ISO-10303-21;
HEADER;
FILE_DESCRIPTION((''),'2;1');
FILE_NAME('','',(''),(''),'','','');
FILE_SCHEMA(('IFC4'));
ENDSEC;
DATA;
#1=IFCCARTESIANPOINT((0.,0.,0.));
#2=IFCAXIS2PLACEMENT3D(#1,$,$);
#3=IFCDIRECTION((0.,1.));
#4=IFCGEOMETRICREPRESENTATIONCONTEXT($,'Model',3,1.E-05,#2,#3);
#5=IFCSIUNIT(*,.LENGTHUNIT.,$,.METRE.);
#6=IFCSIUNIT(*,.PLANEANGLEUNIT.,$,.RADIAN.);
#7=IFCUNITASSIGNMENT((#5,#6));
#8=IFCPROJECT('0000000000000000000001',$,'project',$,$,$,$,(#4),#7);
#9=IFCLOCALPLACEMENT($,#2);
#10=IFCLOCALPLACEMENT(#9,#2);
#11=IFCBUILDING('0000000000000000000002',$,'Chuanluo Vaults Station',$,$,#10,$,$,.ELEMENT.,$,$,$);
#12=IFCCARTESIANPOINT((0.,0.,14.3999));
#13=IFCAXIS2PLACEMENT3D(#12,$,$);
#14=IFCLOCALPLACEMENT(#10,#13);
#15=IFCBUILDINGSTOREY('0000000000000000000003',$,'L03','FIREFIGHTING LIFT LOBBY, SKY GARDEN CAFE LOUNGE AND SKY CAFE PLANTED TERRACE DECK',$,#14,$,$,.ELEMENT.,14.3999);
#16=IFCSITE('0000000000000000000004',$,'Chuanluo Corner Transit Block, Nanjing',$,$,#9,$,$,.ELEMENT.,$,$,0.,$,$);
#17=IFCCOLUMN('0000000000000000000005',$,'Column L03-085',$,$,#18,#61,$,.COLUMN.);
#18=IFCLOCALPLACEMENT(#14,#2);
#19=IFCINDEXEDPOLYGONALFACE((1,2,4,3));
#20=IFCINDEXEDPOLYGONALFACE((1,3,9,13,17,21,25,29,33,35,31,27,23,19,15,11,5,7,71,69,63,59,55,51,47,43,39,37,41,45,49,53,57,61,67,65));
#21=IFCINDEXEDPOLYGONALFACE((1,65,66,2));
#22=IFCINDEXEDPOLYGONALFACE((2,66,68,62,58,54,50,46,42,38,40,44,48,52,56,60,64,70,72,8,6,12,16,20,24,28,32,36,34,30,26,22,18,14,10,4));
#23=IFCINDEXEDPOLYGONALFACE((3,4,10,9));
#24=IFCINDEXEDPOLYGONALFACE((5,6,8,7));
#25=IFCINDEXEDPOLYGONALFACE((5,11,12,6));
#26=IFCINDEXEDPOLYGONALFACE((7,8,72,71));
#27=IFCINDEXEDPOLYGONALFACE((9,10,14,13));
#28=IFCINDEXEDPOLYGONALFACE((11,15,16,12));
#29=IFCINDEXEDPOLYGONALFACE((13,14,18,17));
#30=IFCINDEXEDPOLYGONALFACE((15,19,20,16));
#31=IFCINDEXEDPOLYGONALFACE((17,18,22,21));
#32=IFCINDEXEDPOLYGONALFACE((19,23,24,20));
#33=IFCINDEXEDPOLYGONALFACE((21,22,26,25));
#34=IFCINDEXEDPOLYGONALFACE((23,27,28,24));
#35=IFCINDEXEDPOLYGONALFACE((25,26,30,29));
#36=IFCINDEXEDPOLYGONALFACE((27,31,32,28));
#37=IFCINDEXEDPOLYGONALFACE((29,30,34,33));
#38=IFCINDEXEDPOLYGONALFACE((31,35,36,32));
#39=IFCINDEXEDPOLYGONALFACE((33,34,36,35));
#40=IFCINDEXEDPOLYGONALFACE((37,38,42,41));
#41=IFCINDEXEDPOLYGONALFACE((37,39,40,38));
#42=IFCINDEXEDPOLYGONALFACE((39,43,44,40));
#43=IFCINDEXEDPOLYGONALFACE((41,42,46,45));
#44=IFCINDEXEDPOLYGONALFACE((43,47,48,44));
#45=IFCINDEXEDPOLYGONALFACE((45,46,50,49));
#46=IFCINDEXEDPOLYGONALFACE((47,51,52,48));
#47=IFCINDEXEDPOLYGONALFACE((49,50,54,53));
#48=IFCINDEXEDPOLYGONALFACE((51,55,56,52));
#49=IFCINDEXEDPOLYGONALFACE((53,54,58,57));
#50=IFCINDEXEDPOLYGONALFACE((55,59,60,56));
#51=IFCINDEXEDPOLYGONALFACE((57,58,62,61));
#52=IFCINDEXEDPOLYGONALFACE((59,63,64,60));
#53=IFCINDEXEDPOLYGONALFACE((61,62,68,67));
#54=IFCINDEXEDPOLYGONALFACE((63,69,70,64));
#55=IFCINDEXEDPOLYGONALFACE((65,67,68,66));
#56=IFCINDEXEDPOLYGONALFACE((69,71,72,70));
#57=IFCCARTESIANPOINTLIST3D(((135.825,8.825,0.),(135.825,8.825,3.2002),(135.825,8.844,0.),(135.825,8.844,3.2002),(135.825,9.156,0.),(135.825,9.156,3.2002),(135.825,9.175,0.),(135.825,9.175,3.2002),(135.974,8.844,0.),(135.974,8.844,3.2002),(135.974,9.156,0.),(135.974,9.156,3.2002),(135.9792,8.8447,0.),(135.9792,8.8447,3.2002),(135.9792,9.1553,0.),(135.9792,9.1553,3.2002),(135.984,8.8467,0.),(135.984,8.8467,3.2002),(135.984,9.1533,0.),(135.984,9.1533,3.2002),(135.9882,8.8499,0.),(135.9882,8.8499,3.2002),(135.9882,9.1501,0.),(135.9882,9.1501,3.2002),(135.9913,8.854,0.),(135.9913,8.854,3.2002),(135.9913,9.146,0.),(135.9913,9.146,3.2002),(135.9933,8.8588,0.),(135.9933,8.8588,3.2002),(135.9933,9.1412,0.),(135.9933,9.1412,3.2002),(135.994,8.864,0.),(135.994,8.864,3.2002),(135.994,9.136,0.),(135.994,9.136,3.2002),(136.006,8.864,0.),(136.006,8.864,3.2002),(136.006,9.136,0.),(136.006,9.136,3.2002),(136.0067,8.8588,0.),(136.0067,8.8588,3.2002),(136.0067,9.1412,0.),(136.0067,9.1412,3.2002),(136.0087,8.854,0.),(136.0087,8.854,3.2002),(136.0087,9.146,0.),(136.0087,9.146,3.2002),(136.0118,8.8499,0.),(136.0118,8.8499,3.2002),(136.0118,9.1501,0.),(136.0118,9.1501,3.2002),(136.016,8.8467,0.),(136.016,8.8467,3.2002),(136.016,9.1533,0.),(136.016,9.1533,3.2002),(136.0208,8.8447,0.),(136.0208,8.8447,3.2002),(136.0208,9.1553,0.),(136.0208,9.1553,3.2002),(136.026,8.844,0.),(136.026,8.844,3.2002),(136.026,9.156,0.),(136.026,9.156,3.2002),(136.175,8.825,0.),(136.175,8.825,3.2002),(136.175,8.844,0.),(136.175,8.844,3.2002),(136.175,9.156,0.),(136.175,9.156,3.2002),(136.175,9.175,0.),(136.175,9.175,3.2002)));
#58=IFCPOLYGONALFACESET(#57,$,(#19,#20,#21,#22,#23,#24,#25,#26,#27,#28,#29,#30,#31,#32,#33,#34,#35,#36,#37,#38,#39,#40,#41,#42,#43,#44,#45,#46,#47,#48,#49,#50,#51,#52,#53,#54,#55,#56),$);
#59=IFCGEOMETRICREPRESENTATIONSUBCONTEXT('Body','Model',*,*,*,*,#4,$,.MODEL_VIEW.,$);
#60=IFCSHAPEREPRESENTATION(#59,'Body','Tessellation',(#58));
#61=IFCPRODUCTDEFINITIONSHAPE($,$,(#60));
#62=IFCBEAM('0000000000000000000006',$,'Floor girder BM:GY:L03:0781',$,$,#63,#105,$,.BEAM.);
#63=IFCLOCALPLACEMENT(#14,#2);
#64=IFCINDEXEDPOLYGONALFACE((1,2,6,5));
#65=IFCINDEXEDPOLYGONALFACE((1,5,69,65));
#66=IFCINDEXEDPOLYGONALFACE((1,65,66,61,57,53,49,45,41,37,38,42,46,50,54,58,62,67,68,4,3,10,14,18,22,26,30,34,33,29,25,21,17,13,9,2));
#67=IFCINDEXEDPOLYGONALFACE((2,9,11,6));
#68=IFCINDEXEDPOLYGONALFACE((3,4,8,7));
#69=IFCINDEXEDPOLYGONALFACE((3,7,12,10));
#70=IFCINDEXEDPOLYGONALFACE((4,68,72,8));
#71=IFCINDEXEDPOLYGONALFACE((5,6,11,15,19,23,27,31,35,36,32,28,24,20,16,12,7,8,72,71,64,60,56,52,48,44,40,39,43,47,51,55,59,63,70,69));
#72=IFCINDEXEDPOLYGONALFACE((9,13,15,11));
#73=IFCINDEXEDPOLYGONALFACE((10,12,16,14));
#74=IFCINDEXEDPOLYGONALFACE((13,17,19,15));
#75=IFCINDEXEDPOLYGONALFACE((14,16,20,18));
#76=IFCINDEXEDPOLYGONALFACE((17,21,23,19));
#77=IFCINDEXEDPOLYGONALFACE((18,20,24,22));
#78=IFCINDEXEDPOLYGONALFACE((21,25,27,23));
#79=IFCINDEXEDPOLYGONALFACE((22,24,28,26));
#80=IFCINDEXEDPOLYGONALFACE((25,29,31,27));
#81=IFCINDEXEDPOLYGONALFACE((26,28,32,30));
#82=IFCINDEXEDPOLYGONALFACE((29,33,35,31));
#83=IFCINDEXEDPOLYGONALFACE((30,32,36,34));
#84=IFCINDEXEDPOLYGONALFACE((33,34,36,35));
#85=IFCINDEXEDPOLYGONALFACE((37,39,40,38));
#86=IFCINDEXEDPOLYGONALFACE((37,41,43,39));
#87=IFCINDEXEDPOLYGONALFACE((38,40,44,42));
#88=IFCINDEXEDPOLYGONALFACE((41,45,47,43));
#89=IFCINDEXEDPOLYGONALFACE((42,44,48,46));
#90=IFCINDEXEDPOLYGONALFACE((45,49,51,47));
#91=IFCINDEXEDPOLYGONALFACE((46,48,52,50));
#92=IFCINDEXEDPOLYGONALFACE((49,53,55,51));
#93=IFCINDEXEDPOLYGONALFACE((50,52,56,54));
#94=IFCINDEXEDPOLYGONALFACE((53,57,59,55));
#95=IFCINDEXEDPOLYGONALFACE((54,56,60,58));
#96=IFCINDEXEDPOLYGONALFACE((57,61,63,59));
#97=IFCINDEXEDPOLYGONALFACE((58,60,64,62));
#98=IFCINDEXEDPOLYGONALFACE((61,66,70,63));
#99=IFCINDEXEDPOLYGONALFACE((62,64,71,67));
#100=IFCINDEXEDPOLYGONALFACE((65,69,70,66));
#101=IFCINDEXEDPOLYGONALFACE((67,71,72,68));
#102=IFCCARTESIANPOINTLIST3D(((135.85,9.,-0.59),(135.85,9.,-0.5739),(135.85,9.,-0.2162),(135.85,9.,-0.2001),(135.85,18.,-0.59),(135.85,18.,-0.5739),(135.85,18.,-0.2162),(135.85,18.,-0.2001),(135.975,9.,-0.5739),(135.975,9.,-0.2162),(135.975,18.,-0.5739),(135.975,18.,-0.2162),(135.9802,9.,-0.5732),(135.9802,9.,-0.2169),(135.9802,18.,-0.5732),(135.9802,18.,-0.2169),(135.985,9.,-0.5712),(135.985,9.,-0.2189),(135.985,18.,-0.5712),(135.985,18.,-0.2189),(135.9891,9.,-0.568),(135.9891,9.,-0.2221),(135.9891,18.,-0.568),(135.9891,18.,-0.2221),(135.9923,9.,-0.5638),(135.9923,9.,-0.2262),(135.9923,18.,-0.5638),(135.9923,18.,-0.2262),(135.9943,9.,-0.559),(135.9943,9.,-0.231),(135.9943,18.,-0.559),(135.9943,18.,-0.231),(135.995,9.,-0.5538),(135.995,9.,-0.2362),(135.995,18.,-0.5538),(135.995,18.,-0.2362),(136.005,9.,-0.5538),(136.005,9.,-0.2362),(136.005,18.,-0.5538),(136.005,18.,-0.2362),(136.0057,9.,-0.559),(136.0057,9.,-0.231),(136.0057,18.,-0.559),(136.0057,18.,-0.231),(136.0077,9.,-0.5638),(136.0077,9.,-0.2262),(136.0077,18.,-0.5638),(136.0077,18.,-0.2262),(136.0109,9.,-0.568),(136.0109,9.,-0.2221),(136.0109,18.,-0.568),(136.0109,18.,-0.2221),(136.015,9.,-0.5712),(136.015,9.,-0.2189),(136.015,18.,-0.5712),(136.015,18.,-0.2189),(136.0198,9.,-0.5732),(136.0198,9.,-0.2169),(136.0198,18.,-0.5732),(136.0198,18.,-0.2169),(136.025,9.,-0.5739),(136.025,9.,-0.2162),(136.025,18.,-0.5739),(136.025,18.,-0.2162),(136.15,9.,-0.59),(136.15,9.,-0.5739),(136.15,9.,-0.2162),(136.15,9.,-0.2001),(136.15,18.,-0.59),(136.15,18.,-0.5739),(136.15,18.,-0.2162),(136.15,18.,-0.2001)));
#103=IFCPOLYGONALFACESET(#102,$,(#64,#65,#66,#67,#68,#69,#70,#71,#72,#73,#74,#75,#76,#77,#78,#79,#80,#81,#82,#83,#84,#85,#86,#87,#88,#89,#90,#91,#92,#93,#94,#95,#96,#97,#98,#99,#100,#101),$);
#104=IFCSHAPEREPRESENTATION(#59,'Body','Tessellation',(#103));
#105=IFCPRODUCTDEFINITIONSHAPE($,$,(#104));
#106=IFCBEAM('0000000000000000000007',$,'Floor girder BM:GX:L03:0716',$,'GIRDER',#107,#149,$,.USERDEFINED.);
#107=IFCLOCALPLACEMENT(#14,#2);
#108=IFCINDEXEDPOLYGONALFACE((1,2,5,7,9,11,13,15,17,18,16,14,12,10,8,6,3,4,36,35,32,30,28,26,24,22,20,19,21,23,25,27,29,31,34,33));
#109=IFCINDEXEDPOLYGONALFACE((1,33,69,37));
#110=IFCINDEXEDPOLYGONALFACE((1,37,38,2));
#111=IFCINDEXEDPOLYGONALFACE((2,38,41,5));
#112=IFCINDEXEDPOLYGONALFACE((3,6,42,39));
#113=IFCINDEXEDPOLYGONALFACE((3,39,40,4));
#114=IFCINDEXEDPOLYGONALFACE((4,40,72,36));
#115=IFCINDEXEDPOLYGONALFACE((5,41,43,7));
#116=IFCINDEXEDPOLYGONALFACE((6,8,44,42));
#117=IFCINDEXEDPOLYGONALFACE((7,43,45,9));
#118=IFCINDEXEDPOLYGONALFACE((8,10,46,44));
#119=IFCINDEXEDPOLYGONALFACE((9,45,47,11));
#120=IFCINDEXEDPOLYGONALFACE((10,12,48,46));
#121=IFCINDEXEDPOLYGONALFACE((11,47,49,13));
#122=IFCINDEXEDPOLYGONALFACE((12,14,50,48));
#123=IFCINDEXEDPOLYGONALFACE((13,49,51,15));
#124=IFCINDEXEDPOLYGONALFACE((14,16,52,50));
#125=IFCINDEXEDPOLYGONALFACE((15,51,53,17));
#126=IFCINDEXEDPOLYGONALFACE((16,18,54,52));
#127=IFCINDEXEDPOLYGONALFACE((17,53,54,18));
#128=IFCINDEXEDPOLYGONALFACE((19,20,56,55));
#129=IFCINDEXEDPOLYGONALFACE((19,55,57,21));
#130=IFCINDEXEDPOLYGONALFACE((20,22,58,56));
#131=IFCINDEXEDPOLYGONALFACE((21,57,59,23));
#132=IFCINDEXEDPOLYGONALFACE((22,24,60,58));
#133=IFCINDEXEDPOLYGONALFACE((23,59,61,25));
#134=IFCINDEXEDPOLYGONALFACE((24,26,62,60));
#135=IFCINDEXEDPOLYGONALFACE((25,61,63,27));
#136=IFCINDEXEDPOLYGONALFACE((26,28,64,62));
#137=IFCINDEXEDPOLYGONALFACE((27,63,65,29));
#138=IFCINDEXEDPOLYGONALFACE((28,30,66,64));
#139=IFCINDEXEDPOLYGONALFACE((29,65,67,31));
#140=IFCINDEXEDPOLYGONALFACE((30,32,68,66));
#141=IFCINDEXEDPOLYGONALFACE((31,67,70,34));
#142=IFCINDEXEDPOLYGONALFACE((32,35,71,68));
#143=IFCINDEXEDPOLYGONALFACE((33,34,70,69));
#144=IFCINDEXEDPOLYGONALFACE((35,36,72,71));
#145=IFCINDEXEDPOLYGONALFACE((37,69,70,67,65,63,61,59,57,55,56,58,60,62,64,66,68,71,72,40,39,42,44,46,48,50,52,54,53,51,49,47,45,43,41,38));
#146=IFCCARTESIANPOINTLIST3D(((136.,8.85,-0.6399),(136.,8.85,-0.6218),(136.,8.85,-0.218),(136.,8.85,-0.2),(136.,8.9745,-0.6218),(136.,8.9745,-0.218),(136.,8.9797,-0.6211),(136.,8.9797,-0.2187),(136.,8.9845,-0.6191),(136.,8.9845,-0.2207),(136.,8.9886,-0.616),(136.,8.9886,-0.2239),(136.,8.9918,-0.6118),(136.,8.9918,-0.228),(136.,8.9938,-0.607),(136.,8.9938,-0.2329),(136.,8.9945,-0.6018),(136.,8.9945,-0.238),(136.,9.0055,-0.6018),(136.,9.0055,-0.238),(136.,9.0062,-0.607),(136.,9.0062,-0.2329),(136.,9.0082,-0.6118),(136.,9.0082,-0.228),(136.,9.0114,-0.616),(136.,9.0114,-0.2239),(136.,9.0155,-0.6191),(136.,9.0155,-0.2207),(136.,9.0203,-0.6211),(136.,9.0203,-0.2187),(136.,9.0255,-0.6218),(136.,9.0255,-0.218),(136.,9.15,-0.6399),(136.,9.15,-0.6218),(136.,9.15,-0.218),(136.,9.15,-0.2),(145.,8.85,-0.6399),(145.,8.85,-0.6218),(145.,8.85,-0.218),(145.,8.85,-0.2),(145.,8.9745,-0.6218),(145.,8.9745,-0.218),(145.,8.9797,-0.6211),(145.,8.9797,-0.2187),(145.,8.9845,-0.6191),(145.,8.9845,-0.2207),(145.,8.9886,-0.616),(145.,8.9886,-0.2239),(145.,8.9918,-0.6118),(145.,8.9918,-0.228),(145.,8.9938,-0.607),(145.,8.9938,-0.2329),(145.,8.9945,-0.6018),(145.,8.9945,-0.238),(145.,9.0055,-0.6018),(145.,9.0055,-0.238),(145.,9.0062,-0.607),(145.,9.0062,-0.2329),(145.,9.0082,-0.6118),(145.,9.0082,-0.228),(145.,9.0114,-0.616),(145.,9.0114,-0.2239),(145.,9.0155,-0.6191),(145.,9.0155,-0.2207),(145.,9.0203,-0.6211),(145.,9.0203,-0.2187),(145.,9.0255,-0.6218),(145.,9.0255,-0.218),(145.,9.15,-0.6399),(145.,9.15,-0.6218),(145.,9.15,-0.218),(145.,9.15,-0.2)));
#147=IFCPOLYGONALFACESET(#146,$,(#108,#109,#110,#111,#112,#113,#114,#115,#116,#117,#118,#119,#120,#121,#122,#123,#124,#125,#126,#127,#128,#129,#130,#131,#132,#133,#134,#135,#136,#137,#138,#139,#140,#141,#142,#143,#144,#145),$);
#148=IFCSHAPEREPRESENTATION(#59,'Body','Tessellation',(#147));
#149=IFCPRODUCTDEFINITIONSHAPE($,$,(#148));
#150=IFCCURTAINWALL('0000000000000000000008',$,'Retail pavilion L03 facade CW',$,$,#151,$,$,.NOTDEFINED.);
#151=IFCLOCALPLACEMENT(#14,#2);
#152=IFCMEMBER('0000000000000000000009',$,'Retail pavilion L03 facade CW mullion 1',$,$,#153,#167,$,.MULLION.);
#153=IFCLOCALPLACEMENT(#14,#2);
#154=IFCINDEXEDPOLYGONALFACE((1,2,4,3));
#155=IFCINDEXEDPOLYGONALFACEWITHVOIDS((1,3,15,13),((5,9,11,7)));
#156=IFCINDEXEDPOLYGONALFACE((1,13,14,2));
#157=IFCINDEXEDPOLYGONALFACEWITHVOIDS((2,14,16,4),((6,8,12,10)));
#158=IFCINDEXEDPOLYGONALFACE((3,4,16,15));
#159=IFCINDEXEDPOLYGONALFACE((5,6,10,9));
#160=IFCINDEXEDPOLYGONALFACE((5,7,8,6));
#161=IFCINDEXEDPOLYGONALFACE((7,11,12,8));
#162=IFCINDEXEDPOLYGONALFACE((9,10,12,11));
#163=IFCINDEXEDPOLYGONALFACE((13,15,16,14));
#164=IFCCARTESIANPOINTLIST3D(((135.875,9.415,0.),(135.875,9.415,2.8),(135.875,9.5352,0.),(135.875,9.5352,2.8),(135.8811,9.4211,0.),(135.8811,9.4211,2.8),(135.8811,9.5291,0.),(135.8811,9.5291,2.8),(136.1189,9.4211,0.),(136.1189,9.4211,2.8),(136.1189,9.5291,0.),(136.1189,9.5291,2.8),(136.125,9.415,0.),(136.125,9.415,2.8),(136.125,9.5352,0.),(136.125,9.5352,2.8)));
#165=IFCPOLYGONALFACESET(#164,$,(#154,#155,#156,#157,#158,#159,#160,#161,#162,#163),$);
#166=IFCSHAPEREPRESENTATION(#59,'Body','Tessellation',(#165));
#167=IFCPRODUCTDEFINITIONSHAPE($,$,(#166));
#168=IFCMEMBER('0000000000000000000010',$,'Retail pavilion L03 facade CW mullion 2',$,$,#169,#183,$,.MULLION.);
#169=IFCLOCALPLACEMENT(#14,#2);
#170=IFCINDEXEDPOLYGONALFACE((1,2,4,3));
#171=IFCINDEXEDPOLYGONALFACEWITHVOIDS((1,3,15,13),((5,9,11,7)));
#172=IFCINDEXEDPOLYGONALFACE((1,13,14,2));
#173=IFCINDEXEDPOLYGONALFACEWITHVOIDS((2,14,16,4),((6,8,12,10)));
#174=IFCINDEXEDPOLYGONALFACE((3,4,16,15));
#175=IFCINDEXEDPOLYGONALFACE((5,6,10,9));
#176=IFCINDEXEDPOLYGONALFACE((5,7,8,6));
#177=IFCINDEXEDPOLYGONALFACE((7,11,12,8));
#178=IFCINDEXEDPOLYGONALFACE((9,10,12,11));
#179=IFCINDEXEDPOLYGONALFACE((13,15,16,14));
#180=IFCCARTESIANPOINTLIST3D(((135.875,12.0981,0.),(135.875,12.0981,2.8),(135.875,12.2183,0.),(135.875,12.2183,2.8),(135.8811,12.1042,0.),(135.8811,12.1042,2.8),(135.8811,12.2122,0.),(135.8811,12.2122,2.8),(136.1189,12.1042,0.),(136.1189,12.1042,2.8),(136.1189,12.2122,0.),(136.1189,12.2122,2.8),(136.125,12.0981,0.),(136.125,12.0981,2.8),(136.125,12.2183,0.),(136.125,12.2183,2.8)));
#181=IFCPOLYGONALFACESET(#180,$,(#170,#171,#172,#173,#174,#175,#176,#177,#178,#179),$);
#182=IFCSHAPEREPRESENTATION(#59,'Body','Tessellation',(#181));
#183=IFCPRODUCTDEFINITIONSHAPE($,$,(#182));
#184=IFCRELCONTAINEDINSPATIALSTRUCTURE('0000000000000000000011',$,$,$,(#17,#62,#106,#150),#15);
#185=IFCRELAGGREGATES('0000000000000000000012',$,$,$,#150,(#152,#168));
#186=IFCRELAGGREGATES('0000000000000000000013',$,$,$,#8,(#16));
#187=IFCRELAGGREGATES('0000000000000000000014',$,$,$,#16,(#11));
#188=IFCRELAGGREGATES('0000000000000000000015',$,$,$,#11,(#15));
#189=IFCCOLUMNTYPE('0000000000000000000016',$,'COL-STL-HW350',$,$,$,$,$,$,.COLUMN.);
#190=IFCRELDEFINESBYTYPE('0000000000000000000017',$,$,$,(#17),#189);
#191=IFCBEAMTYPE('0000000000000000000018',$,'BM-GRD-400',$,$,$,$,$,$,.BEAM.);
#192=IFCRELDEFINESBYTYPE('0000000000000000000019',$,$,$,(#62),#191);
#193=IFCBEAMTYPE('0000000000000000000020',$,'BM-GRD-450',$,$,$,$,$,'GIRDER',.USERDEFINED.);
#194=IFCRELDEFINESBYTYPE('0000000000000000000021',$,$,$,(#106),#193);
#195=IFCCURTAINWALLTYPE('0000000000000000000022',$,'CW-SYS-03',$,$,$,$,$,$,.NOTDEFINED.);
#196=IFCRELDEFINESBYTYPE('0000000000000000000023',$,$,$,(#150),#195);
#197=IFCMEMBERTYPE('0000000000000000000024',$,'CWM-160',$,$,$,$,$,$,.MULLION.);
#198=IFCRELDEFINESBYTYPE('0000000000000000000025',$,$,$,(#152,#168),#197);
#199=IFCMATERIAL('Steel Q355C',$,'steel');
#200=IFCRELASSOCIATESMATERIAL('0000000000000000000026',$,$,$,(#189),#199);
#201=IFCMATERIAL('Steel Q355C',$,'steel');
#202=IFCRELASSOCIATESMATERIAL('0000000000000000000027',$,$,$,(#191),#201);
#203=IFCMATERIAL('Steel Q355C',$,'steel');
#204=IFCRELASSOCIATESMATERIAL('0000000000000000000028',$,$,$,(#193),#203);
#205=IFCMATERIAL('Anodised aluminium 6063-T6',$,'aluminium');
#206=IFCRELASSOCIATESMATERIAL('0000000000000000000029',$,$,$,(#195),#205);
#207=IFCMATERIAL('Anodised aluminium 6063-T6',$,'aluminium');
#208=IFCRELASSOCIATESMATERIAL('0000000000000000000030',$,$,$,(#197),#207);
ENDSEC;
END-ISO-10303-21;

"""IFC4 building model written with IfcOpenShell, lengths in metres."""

from ifc_helpers import new_model, si_unit, direction, frame, origin, origin_2d, place, context, subcontext, project, spatial, hollow_rectangle, i_section, extrude, material, material_profile, profile_set, type_object, element, aggregate, save


model = new_model("IFC4")

# Units and contexts
model_context = context("Model", 3, precision=1e-05, world=origin(), true_north=direction((0.0, 1.0)))
body_context = subcontext(model_context, "Body", "Model", "MODEL_VIEW")
ifc_project = project(units=[si_unit("LENGTHUNIT", "METRE"), si_unit("PLANEANGLEUNIT", "RADIAN")], contexts=[model_context])

# Site, building, storey
site_placement = place(None, origin())
site = spatial("IfcSite", under=ifc_project, at=site_placement, Name="Chuanluo Corner Transit Block, Nanjing", CompositionType="ELEMENT", RefElevation=0.0)
building_placement = place(site_placement, origin())
building = spatial("IfcBuilding", under=site, at=building_placement, Name="Chuanluo Vaults Station", CompositionType="ELEMENT")
storey_placement = place(building_placement, frame((0.0, 0.0, 14.3999)))
storey = spatial("IfcBuildingStorey", under=building, at=storey_placement, Name="L03", Description="FIREFIGHTING LIFT LOBBY, SKY GARDEN CAFE LOUNGE AND SKY CAFE PLANTED TERRACE DECK", CompositionType="ELEMENT", Elevation=14.3999)

# Column
ifc_material_1 = material(Name="Steel Q355C", Category="steel")
ifc_material_profile_1 = material_profile(ifc_material_1, i_section(OverallWidth=0.3501, OverallDepth=0.3501, WebThickness=0.012, FlangeThickness=0.019, FilletRadius=0.02, at=origin_2d()))
ifc_profile_set_1 = profile_set([ifc_material_profile_1], Name="Steel Q355C")
column_type = type_object("IfcColumnType", Name="COL-STL-HW350", PredefinedType="COLUMN", material=ifc_profile_set_1)
column_placement = place(storey_placement, frame((136.0, 9.0, 0.0), z_axis=(0.0, 0.0, 1.0), x_axis=(1.0, 0.0, 0.0)))
element("IfcColumn", 1, at=column_placement, inside=storey, type_object=column_type, Name="Column L03-085", PredefinedType="COLUMN", context=body_context, shape_type="SweptSolid", body=[
    extrude(i_section(OverallWidth=0.3501, OverallDepth=0.3501, WebThickness=0.012, FlangeThickness=0.019, FilletRadius=0.02, at=origin_2d()), origin(), (0.0, 0.0, 1.0), 3.2002),
])

# Beams
ifc_material_2 = material(Name="Steel Q355C", Category="steel")
ifc_material_profile_2 = material_profile(ifc_material_2, i_section(OverallWidth=0.3, OverallDepth=0.3899, WebThickness=0.01, FlangeThickness=0.0161, FilletRadius=0.02, at=origin_2d()))
ifc_profile_set_2 = profile_set([ifc_material_profile_2], Name="Steel Q355C")
beam_type_1 = type_object("IfcBeamType", Name="BM-GRD-400", PredefinedType="BEAM", material=ifc_profile_set_2)
beam_1_placement = place(storey_placement, frame((136.0, 9.0, -0.395), z_axis=(0.0, 1.0, 0.0), x_axis=(-1.0, 0.0, 0.0)))
element("IfcBeam", 2, at=beam_1_placement, inside=storey, type_object=beam_type_1, Name="Floor girder BM:GY:L03:0781", PredefinedType="BEAM", context=body_context, shape_type="SweptSolid", body=[
    extrude(i_section(OverallWidth=0.3, OverallDepth=0.3899, WebThickness=0.01, FlangeThickness=0.0161, FilletRadius=0.02, at=origin_2d()), origin(), (0.0, 0.0, 1.0), 9.0),
])
ifc_material_3 = material(Name="Steel Q355C", Category="steel")
ifc_material_profile_3 = material_profile(ifc_material_3, i_section(OverallWidth=0.3, OverallDepth=0.4399, WebThickness=0.011, FlangeThickness=0.0181, FilletRadius=0.02, at=origin_2d()))
ifc_profile_set_3 = profile_set([ifc_material_profile_3], Name="Steel Q355C")
beam_type_2 = type_object("IfcBeamType", Name="BM-GRD-450", ElementType="GIRDER", PredefinedType="USERDEFINED", material=ifc_profile_set_3)
beam_2_placement = place(storey_placement, frame((136.0, 9.0, -0.4199), z_axis=(1.0, 0.0, 0.0), x_axis=(0.0, 1.0, 0.0)))
element("IfcBeam", 3, at=beam_2_placement, inside=storey, type_object=beam_type_2, Name="Floor girder BM:GX:L03:0716", ObjectType="GIRDER", PredefinedType="USERDEFINED", context=body_context, shape_type="SweptSolid", body=[
    extrude(i_section(OverallWidth=0.3, OverallDepth=0.4399, WebThickness=0.011, FlangeThickness=0.0181, FilletRadius=0.02, at=origin_2d()), origin(), (0.0, 0.0, 1.0), 9.0),
])

# Curtain wall, members
ifc_material_4 = material(Name="Anodised aluminium 6063-T6", Category="aluminium")
curtain_wall_type_1 = type_object("IfcCurtainWallType", Name="CW-SYS-03", PredefinedType="NOTDEFINED", material=ifc_material_4)
curtain_wall_1_placement = place(storey_placement, origin())
curtain_wall_1 = element("IfcCurtainWall", 4, at=curtain_wall_1_placement, inside=storey, type_object=curtain_wall_type_1, Name="Retail pavilion L03 facade CW", PredefinedType="NOTDEFINED")
ifc_material_5 = material(Name="Anodised aluminium 6063-T6", Category="aluminium")
ifc_material_profile_4 = material_profile(ifc_material_5, hollow_rectangle(XDim=0.1201, YDim=0.25, WallThickness=0.0061, at=origin_2d()))
ifc_profile_set_4 = profile_set([ifc_material_profile_4], Name="Anodised aluminium 6063-T6")
member_type_1 = type_object("IfcMemberType", Name="CWM-160", PredefinedType="MULLION", material=ifc_profile_set_4)
member_1_placement = place(storey_placement, frame((136.0, 9.4751, 0.0), z_axis=(0.0, 0.0, 1.0), x_axis=(0.0, 1.0, 0.0)))
member_1 = element("IfcMember", 5, at=member_1_placement, type_object=member_type_1, Name="Retail pavilion L03 facade CW mullion 1", PredefinedType="MULLION", context=body_context, shape_type="SweptSolid", body=[
    extrude(hollow_rectangle(XDim=0.1201, YDim=0.25, WallThickness=0.0061, at=origin_2d()), origin(), (0.0, 0.0, 1.0), 2.8),
])
member_2_placement = place(storey_placement, frame((136.0, 12.1582, 0.0), z_axis=(0.0, 0.0, 1.0), x_axis=(0.0, 1.0, 0.0)))
member_2 = element("IfcMember", 6, at=member_2_placement, type_object=member_type_1, Name="Retail pavilion L03 facade CW mullion 2", PredefinedType="MULLION", context=body_context, shape_type="SweptSolid", body=[
    extrude(hollow_rectangle(XDim=0.1201, YDim=0.25, WallThickness=0.0061, at=origin_2d()), origin(), (0.0, 0.0, 1.0), 2.8),
])

aggregate(curtain_wall_1, [member_1, member_2])

save(model, "model.ifc")
